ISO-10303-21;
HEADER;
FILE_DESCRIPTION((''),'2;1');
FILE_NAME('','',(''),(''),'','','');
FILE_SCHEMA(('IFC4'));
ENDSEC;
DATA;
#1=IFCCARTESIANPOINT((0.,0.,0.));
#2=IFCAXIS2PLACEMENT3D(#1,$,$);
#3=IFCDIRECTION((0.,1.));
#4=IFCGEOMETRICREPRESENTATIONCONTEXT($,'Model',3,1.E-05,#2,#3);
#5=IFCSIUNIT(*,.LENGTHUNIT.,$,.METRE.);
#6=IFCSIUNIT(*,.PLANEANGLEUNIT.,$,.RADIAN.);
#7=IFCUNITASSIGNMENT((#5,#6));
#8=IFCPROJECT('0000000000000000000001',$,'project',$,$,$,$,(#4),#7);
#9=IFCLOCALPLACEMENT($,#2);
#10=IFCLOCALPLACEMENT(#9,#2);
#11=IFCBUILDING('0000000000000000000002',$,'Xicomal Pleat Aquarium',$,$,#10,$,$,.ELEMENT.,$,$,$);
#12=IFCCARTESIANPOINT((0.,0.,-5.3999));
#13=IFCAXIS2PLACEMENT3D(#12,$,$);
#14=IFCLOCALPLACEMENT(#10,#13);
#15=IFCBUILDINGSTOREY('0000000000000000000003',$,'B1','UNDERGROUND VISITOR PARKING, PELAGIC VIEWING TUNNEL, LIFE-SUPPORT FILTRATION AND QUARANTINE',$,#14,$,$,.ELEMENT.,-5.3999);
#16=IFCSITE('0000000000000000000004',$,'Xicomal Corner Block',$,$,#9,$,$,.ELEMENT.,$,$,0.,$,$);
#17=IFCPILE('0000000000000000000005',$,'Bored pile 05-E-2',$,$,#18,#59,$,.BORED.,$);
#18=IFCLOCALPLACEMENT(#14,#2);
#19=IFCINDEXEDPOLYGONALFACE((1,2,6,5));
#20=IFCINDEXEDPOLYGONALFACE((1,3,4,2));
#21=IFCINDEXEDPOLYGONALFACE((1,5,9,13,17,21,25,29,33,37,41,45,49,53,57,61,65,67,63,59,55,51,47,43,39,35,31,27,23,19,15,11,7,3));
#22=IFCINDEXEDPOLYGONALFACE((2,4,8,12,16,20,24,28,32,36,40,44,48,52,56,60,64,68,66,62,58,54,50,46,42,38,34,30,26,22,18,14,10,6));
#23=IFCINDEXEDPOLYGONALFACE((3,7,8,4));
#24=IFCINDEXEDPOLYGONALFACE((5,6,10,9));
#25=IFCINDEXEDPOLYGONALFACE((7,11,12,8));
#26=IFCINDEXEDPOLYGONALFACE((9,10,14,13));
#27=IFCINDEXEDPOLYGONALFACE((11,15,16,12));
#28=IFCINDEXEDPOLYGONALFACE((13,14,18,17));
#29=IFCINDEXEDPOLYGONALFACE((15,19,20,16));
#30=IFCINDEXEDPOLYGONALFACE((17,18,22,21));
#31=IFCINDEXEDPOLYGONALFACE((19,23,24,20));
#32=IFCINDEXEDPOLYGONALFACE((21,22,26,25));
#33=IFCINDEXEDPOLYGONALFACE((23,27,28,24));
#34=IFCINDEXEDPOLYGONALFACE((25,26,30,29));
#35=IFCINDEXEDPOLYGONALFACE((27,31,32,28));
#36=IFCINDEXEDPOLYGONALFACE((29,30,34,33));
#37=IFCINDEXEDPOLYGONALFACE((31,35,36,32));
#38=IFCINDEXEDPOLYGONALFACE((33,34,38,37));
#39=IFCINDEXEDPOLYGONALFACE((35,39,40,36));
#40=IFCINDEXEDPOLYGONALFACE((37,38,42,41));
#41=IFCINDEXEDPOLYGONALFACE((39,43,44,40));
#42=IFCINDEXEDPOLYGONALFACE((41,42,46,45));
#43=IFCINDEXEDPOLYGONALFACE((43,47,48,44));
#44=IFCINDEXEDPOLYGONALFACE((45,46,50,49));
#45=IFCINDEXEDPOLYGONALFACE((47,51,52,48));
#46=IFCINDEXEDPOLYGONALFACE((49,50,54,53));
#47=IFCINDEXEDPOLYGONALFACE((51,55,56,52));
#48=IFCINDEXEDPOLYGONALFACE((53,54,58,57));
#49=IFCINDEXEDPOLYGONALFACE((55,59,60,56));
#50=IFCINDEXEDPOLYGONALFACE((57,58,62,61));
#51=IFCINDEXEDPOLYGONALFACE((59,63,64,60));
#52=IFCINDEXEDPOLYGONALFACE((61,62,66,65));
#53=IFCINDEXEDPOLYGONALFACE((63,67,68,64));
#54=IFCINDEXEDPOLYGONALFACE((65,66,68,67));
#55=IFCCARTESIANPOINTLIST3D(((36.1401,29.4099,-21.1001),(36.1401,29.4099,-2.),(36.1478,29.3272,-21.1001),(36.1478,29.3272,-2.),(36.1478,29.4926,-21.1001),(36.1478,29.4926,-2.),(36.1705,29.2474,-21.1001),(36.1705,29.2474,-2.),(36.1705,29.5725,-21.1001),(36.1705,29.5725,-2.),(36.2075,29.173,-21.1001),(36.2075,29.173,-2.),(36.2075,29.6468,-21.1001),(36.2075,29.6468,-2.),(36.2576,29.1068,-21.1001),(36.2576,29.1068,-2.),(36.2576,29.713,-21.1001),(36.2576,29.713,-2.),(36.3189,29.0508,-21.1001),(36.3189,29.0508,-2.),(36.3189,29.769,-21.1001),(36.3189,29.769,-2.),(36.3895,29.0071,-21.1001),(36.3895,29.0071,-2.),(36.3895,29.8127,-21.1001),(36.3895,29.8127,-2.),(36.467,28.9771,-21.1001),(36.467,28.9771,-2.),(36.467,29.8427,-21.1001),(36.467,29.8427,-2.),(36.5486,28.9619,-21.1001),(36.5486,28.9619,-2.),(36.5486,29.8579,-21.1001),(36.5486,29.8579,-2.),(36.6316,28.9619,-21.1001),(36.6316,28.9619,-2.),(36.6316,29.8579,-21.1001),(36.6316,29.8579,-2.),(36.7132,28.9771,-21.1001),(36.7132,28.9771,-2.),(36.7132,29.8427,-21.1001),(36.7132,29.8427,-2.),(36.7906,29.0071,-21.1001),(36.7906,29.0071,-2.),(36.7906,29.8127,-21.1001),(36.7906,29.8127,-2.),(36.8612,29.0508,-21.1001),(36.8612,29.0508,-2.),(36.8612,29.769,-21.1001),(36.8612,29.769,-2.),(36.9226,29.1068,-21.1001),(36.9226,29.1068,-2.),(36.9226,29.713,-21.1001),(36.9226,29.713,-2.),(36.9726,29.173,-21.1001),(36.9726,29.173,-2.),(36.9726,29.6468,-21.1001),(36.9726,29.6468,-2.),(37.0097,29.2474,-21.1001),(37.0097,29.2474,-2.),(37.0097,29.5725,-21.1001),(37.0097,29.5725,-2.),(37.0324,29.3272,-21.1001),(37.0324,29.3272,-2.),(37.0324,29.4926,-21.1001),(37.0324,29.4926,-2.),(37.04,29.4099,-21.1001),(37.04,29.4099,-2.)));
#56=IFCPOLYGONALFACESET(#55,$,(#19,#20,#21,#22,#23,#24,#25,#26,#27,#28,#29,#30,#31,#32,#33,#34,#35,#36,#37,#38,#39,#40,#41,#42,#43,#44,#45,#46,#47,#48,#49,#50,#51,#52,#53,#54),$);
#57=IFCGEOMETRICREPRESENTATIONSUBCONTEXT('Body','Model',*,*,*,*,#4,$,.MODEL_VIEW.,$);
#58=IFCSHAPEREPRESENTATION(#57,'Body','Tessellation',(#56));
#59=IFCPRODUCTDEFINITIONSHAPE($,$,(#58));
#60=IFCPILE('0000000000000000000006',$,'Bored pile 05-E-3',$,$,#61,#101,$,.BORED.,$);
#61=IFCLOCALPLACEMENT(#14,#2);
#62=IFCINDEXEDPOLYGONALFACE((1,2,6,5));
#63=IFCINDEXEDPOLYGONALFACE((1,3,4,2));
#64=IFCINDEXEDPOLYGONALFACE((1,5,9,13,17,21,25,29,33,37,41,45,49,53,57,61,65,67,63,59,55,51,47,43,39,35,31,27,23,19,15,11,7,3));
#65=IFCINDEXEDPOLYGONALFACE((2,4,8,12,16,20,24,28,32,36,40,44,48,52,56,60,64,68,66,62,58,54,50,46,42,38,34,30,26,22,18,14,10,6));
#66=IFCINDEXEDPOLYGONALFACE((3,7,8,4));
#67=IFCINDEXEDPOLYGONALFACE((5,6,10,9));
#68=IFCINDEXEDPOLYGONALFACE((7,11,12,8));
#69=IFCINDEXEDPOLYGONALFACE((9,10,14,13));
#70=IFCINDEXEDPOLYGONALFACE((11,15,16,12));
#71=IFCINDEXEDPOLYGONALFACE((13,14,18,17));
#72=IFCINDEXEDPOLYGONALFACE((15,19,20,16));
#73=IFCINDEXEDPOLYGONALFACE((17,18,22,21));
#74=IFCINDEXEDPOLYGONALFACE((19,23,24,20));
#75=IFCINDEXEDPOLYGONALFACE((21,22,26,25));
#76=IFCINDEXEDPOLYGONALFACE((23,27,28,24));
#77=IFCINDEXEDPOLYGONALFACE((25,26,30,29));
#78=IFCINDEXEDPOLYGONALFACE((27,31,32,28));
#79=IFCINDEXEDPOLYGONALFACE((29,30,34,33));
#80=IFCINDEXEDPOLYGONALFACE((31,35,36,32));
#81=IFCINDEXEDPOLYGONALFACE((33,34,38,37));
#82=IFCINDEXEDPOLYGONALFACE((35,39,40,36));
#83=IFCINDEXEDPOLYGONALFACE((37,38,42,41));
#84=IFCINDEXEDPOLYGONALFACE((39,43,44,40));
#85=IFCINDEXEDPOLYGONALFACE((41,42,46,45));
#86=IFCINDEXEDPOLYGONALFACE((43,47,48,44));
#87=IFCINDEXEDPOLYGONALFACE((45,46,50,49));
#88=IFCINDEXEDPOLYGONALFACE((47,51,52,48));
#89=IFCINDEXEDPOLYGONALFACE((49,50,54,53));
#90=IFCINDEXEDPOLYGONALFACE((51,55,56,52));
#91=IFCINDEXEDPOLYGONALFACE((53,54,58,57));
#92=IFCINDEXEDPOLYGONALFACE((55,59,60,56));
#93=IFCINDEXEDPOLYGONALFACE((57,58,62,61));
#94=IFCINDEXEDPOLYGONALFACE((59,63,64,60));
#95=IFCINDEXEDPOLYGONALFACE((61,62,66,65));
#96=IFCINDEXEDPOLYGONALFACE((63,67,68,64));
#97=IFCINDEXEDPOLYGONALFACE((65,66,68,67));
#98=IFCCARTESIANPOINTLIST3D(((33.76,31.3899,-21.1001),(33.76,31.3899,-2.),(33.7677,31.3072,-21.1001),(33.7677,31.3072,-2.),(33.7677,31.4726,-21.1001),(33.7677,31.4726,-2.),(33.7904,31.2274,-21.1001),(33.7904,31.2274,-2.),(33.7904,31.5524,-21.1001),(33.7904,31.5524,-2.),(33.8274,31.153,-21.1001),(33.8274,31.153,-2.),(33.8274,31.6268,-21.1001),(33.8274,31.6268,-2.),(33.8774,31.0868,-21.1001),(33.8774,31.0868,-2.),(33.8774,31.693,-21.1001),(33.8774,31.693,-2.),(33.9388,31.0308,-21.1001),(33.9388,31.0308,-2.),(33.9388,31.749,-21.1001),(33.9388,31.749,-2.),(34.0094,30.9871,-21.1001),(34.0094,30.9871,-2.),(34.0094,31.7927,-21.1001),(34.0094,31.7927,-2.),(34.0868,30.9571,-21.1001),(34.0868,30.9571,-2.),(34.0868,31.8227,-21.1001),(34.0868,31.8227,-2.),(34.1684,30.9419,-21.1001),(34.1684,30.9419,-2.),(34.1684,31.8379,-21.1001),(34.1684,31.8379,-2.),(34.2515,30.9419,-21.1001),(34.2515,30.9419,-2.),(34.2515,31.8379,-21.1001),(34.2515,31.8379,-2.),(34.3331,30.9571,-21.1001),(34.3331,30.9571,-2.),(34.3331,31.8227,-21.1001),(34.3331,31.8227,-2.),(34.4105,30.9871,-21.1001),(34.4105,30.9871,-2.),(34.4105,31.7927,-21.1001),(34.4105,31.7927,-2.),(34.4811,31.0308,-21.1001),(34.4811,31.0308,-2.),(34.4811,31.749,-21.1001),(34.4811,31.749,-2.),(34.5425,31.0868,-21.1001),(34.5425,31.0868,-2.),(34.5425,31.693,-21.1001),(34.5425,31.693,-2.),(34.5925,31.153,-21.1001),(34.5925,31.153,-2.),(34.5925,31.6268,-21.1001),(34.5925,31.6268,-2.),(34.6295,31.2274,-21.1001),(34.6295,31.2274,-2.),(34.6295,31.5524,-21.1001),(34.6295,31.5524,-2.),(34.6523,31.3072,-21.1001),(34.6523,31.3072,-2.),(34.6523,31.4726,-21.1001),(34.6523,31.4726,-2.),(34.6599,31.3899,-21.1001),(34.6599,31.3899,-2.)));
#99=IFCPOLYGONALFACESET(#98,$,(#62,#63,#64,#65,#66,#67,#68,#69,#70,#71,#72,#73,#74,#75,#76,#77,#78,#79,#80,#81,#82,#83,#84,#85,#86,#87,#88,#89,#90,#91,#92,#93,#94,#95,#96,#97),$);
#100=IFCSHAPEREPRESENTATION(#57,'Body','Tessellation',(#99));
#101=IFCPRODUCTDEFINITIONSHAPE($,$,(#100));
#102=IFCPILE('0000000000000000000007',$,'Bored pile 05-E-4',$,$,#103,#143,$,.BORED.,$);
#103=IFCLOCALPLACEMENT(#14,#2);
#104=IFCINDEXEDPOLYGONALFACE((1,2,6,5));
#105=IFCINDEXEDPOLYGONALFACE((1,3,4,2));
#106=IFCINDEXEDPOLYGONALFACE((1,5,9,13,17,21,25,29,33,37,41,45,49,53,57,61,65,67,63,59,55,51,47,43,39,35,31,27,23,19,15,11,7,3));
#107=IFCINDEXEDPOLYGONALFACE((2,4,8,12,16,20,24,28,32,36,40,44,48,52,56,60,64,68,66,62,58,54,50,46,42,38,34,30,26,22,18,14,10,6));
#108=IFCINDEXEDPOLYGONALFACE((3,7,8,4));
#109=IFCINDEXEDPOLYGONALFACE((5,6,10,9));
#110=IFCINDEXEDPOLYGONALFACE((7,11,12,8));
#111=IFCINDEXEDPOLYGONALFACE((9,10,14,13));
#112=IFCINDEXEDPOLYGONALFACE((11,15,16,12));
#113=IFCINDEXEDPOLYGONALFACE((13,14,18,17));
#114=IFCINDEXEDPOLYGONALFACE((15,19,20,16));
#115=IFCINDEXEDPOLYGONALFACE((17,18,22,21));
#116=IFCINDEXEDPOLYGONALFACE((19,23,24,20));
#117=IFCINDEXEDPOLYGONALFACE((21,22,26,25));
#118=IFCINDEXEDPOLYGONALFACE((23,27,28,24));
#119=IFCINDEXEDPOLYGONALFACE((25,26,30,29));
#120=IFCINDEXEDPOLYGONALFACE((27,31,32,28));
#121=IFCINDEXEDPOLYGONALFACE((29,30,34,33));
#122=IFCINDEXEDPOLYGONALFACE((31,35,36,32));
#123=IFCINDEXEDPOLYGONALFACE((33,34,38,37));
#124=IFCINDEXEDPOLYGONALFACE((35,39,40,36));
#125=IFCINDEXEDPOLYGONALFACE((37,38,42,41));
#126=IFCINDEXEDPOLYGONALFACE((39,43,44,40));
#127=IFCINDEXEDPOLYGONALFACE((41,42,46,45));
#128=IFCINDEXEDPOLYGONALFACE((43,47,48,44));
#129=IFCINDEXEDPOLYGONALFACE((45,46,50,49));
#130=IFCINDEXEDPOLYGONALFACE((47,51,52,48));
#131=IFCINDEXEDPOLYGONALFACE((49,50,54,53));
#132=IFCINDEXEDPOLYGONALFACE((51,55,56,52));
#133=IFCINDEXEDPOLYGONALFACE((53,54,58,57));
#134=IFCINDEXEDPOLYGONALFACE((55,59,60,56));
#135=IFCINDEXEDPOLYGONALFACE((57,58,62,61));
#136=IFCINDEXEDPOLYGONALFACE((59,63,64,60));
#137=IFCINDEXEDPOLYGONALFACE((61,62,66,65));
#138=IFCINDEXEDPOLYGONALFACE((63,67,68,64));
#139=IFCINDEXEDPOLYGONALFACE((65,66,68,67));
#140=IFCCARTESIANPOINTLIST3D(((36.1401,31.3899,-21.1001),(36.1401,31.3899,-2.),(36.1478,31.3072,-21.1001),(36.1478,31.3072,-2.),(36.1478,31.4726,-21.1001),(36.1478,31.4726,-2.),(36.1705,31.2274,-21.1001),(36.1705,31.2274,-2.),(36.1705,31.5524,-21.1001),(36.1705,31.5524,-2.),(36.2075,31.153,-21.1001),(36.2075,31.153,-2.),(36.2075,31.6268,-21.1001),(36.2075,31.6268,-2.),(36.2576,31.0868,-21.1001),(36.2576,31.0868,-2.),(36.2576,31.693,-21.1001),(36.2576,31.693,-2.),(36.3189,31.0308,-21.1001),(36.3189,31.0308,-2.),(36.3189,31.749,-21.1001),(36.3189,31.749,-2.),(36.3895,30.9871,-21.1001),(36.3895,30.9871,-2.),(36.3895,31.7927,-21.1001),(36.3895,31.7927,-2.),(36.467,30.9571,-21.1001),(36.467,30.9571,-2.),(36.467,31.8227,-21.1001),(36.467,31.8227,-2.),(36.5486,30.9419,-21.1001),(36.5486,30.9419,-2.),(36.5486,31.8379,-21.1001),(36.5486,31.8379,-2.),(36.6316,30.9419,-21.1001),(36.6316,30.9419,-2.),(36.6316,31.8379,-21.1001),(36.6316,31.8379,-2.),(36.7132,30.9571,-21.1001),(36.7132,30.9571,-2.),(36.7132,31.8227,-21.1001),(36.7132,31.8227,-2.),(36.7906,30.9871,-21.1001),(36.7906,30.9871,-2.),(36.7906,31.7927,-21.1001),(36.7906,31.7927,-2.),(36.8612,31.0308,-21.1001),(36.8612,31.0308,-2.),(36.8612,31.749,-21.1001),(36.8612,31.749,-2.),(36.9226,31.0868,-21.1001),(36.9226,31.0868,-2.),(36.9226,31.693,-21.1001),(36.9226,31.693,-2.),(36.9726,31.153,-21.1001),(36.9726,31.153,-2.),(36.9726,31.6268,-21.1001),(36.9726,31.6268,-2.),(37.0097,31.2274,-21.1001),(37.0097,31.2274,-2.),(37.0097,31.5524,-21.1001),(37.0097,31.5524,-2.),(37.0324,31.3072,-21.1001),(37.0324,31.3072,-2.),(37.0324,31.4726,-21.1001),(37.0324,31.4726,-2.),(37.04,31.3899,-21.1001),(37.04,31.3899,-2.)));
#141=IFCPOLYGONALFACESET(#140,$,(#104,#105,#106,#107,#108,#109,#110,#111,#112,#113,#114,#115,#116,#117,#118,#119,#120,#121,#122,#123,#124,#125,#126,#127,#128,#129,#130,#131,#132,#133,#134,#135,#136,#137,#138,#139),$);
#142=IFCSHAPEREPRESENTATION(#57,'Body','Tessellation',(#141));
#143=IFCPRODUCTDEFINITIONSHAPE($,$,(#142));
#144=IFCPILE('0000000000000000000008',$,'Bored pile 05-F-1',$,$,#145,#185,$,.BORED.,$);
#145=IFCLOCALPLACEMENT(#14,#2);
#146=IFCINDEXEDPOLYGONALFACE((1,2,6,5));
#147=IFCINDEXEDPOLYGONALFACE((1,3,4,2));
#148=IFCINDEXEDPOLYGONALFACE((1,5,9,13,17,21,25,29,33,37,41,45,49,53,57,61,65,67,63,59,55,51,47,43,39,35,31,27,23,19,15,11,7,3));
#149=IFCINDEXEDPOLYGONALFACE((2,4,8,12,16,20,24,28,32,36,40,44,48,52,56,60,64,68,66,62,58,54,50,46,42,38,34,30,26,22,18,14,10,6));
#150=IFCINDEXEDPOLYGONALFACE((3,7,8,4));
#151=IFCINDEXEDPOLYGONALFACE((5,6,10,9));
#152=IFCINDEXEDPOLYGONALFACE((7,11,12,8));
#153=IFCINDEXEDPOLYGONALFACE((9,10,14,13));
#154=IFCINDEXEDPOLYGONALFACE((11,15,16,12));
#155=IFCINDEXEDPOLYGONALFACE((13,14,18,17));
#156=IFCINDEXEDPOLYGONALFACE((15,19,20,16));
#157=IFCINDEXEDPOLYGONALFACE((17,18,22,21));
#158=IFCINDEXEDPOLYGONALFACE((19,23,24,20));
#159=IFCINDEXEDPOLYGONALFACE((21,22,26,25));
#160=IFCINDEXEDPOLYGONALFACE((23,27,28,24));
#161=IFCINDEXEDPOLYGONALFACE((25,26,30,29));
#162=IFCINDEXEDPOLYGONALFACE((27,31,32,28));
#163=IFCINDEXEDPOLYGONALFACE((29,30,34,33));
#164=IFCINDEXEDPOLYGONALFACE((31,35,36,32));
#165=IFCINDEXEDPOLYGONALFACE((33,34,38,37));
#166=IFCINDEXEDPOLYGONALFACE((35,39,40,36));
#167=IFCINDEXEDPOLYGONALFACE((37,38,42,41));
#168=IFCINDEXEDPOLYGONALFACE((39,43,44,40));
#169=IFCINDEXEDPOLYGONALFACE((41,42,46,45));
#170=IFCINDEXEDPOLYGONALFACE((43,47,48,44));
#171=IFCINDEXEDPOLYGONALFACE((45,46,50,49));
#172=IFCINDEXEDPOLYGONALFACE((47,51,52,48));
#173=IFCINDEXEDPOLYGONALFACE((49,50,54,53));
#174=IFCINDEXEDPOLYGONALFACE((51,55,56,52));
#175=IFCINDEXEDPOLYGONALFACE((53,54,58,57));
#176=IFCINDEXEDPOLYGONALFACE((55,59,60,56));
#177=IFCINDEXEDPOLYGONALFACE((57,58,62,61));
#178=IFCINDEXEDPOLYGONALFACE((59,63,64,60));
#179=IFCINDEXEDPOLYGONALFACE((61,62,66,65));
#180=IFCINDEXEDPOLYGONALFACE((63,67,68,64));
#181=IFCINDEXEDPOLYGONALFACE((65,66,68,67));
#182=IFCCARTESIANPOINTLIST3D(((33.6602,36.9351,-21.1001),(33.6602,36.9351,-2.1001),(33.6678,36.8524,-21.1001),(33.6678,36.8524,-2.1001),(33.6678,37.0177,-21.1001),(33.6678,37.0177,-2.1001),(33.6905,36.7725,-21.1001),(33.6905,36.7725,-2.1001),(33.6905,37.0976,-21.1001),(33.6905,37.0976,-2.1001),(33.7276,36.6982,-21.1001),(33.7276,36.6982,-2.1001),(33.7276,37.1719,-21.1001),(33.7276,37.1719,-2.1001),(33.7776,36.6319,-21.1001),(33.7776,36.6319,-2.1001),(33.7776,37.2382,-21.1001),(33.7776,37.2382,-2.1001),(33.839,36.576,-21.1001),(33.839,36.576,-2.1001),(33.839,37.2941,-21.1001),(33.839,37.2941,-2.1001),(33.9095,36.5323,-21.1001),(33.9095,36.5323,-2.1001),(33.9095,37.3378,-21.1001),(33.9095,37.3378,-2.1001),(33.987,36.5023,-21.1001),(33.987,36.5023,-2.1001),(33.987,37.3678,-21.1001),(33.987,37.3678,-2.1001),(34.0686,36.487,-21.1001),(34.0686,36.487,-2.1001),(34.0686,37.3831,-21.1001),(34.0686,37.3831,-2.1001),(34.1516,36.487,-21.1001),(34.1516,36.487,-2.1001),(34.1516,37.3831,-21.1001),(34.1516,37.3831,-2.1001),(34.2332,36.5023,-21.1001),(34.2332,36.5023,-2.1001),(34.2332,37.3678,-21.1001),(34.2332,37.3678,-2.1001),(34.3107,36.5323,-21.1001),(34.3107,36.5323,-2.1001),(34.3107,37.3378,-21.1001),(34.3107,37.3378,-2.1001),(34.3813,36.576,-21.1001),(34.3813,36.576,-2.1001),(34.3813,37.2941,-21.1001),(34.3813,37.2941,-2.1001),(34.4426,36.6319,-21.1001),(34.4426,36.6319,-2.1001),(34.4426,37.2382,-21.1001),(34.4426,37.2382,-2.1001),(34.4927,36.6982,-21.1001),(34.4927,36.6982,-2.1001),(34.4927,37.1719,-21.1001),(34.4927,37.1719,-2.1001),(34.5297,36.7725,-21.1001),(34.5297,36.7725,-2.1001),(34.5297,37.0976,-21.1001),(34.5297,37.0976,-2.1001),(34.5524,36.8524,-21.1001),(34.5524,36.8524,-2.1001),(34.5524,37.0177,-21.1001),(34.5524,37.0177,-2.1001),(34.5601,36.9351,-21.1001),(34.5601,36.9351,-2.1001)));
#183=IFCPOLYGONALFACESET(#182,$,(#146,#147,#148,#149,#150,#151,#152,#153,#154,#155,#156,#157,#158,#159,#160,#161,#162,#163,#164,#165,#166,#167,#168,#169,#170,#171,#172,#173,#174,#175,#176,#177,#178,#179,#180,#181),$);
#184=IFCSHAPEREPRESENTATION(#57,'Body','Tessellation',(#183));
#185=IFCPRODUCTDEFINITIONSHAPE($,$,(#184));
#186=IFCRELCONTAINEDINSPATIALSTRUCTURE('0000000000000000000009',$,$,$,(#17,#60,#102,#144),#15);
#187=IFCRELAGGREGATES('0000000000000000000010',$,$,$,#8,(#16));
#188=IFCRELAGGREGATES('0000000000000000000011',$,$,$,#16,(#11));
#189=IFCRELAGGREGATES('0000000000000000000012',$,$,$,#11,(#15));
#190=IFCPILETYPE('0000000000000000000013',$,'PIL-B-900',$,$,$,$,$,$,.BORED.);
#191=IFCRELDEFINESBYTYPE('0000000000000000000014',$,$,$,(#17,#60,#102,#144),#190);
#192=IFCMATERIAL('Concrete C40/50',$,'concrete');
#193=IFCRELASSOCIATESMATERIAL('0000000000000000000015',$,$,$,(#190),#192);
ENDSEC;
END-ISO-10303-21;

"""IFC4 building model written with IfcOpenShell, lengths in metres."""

from ifc_helpers import new_model, si_unit, direction, frame, origin, origin_2d, place, context, subcontext, project, spatial, circle, extrude, material, material_profile, profile_set, type_object, element, save


model = new_model("IFC4")

# Units and contexts
model_context = context("Model", 3, precision=1e-05, world=origin(), true_north=direction((0.0, 1.0)))
body_context = subcontext(model_context, "Body", "Model", "MODEL_VIEW")
ifc_project = project(units=[si_unit("LENGTHUNIT", "METRE"), si_unit("PLANEANGLEUNIT", "RADIAN")], contexts=[model_context])

# Site, building, storey
site_placement = place(None, origin())
site = spatial("IfcSite", under=ifc_project, at=site_placement, Name="Xicomal Corner Block", CompositionType="ELEMENT", RefElevation=0.0)
building_placement = place(site_placement, origin())
building = spatial("IfcBuilding", under=site, at=building_placement, Name="Xicomal Pleat Aquarium", CompositionType="ELEMENT")
storey_placement = place(building_placement, frame((0.0, 0.0, -5.3999)))
storey = spatial("IfcBuildingStorey", under=building, at=storey_placement, Name="B1", Description="UNDERGROUND VISITOR PARKING, PELAGIC VIEWING TUNNEL, LIFE-SUPPORT FILTRATION AND QUARANTINE", CompositionType="ELEMENT", Elevation=-5.3999)

# Piles
ifc_material_1 = material(Name="Concrete C40/50", Category="concrete")
ifc_material_profile_1 = material_profile(ifc_material_1, circle(Radius=0.45, at=origin_2d()), Name="BORED PILE D900")
ifc_profile_set_1 = profile_set([ifc_material_profile_1], Name="Concrete C40/50")
pile_type_1 = type_object("IfcPileType", Name="PIL-B-900", PredefinedType="BORED", material=ifc_profile_set_1)
for number, where, z_axis, x_axis, name in (
    (1, (36.5901, 29.4099, -2.0), (0.0, 0.0, -1.0), (1.0, 0.0, 0.0), "Bored pile 05-E-2"),
    (2, (34.21, 31.3899, -2.0), (0.0, 0.0, -1.0), (1.0, 0.0, 0.0), "Bored pile 05-E-3"),
    (3, (36.5901, 31.3899, -2.0), (0.0, 0.0, -1.0), (1.0, 0.0, 0.0), "Bored pile 05-E-4"),
):
    element("IfcPile", number, at=place(storey_placement, frame(where, z_axis=z_axis, x_axis=x_axis)), inside=storey, type_object=pile_type_1, Name=name, PredefinedType="BORED", context=body_context, shape_type="SweptSolid", body=[
        extrude(circle(Radius=0.45, at=origin_2d()), origin(), (0.0, 0.0, 1.0), 19.1001),
    ])
for number, where, z_axis, x_axis, name in (
    (4, (34.1101, 36.9351, -2.1001), (0.0, 0.0, -1.0), (1.0, 0.0, 0.0), "Bored pile 05-F-1"),
):
    element("IfcPile", number, at=place(storey_placement, frame(where, z_axis=z_axis, x_axis=x_axis)), inside=storey, type_object=pile_type_1, Name=name, PredefinedType="BORED", context=body_context, shape_type="SweptSolid", body=[
        extrude(circle(Radius=0.45, at=origin_2d()), origin(), (0.0, 0.0, 1.0), 19.0),
    ])

save(model, "model.ifc")
